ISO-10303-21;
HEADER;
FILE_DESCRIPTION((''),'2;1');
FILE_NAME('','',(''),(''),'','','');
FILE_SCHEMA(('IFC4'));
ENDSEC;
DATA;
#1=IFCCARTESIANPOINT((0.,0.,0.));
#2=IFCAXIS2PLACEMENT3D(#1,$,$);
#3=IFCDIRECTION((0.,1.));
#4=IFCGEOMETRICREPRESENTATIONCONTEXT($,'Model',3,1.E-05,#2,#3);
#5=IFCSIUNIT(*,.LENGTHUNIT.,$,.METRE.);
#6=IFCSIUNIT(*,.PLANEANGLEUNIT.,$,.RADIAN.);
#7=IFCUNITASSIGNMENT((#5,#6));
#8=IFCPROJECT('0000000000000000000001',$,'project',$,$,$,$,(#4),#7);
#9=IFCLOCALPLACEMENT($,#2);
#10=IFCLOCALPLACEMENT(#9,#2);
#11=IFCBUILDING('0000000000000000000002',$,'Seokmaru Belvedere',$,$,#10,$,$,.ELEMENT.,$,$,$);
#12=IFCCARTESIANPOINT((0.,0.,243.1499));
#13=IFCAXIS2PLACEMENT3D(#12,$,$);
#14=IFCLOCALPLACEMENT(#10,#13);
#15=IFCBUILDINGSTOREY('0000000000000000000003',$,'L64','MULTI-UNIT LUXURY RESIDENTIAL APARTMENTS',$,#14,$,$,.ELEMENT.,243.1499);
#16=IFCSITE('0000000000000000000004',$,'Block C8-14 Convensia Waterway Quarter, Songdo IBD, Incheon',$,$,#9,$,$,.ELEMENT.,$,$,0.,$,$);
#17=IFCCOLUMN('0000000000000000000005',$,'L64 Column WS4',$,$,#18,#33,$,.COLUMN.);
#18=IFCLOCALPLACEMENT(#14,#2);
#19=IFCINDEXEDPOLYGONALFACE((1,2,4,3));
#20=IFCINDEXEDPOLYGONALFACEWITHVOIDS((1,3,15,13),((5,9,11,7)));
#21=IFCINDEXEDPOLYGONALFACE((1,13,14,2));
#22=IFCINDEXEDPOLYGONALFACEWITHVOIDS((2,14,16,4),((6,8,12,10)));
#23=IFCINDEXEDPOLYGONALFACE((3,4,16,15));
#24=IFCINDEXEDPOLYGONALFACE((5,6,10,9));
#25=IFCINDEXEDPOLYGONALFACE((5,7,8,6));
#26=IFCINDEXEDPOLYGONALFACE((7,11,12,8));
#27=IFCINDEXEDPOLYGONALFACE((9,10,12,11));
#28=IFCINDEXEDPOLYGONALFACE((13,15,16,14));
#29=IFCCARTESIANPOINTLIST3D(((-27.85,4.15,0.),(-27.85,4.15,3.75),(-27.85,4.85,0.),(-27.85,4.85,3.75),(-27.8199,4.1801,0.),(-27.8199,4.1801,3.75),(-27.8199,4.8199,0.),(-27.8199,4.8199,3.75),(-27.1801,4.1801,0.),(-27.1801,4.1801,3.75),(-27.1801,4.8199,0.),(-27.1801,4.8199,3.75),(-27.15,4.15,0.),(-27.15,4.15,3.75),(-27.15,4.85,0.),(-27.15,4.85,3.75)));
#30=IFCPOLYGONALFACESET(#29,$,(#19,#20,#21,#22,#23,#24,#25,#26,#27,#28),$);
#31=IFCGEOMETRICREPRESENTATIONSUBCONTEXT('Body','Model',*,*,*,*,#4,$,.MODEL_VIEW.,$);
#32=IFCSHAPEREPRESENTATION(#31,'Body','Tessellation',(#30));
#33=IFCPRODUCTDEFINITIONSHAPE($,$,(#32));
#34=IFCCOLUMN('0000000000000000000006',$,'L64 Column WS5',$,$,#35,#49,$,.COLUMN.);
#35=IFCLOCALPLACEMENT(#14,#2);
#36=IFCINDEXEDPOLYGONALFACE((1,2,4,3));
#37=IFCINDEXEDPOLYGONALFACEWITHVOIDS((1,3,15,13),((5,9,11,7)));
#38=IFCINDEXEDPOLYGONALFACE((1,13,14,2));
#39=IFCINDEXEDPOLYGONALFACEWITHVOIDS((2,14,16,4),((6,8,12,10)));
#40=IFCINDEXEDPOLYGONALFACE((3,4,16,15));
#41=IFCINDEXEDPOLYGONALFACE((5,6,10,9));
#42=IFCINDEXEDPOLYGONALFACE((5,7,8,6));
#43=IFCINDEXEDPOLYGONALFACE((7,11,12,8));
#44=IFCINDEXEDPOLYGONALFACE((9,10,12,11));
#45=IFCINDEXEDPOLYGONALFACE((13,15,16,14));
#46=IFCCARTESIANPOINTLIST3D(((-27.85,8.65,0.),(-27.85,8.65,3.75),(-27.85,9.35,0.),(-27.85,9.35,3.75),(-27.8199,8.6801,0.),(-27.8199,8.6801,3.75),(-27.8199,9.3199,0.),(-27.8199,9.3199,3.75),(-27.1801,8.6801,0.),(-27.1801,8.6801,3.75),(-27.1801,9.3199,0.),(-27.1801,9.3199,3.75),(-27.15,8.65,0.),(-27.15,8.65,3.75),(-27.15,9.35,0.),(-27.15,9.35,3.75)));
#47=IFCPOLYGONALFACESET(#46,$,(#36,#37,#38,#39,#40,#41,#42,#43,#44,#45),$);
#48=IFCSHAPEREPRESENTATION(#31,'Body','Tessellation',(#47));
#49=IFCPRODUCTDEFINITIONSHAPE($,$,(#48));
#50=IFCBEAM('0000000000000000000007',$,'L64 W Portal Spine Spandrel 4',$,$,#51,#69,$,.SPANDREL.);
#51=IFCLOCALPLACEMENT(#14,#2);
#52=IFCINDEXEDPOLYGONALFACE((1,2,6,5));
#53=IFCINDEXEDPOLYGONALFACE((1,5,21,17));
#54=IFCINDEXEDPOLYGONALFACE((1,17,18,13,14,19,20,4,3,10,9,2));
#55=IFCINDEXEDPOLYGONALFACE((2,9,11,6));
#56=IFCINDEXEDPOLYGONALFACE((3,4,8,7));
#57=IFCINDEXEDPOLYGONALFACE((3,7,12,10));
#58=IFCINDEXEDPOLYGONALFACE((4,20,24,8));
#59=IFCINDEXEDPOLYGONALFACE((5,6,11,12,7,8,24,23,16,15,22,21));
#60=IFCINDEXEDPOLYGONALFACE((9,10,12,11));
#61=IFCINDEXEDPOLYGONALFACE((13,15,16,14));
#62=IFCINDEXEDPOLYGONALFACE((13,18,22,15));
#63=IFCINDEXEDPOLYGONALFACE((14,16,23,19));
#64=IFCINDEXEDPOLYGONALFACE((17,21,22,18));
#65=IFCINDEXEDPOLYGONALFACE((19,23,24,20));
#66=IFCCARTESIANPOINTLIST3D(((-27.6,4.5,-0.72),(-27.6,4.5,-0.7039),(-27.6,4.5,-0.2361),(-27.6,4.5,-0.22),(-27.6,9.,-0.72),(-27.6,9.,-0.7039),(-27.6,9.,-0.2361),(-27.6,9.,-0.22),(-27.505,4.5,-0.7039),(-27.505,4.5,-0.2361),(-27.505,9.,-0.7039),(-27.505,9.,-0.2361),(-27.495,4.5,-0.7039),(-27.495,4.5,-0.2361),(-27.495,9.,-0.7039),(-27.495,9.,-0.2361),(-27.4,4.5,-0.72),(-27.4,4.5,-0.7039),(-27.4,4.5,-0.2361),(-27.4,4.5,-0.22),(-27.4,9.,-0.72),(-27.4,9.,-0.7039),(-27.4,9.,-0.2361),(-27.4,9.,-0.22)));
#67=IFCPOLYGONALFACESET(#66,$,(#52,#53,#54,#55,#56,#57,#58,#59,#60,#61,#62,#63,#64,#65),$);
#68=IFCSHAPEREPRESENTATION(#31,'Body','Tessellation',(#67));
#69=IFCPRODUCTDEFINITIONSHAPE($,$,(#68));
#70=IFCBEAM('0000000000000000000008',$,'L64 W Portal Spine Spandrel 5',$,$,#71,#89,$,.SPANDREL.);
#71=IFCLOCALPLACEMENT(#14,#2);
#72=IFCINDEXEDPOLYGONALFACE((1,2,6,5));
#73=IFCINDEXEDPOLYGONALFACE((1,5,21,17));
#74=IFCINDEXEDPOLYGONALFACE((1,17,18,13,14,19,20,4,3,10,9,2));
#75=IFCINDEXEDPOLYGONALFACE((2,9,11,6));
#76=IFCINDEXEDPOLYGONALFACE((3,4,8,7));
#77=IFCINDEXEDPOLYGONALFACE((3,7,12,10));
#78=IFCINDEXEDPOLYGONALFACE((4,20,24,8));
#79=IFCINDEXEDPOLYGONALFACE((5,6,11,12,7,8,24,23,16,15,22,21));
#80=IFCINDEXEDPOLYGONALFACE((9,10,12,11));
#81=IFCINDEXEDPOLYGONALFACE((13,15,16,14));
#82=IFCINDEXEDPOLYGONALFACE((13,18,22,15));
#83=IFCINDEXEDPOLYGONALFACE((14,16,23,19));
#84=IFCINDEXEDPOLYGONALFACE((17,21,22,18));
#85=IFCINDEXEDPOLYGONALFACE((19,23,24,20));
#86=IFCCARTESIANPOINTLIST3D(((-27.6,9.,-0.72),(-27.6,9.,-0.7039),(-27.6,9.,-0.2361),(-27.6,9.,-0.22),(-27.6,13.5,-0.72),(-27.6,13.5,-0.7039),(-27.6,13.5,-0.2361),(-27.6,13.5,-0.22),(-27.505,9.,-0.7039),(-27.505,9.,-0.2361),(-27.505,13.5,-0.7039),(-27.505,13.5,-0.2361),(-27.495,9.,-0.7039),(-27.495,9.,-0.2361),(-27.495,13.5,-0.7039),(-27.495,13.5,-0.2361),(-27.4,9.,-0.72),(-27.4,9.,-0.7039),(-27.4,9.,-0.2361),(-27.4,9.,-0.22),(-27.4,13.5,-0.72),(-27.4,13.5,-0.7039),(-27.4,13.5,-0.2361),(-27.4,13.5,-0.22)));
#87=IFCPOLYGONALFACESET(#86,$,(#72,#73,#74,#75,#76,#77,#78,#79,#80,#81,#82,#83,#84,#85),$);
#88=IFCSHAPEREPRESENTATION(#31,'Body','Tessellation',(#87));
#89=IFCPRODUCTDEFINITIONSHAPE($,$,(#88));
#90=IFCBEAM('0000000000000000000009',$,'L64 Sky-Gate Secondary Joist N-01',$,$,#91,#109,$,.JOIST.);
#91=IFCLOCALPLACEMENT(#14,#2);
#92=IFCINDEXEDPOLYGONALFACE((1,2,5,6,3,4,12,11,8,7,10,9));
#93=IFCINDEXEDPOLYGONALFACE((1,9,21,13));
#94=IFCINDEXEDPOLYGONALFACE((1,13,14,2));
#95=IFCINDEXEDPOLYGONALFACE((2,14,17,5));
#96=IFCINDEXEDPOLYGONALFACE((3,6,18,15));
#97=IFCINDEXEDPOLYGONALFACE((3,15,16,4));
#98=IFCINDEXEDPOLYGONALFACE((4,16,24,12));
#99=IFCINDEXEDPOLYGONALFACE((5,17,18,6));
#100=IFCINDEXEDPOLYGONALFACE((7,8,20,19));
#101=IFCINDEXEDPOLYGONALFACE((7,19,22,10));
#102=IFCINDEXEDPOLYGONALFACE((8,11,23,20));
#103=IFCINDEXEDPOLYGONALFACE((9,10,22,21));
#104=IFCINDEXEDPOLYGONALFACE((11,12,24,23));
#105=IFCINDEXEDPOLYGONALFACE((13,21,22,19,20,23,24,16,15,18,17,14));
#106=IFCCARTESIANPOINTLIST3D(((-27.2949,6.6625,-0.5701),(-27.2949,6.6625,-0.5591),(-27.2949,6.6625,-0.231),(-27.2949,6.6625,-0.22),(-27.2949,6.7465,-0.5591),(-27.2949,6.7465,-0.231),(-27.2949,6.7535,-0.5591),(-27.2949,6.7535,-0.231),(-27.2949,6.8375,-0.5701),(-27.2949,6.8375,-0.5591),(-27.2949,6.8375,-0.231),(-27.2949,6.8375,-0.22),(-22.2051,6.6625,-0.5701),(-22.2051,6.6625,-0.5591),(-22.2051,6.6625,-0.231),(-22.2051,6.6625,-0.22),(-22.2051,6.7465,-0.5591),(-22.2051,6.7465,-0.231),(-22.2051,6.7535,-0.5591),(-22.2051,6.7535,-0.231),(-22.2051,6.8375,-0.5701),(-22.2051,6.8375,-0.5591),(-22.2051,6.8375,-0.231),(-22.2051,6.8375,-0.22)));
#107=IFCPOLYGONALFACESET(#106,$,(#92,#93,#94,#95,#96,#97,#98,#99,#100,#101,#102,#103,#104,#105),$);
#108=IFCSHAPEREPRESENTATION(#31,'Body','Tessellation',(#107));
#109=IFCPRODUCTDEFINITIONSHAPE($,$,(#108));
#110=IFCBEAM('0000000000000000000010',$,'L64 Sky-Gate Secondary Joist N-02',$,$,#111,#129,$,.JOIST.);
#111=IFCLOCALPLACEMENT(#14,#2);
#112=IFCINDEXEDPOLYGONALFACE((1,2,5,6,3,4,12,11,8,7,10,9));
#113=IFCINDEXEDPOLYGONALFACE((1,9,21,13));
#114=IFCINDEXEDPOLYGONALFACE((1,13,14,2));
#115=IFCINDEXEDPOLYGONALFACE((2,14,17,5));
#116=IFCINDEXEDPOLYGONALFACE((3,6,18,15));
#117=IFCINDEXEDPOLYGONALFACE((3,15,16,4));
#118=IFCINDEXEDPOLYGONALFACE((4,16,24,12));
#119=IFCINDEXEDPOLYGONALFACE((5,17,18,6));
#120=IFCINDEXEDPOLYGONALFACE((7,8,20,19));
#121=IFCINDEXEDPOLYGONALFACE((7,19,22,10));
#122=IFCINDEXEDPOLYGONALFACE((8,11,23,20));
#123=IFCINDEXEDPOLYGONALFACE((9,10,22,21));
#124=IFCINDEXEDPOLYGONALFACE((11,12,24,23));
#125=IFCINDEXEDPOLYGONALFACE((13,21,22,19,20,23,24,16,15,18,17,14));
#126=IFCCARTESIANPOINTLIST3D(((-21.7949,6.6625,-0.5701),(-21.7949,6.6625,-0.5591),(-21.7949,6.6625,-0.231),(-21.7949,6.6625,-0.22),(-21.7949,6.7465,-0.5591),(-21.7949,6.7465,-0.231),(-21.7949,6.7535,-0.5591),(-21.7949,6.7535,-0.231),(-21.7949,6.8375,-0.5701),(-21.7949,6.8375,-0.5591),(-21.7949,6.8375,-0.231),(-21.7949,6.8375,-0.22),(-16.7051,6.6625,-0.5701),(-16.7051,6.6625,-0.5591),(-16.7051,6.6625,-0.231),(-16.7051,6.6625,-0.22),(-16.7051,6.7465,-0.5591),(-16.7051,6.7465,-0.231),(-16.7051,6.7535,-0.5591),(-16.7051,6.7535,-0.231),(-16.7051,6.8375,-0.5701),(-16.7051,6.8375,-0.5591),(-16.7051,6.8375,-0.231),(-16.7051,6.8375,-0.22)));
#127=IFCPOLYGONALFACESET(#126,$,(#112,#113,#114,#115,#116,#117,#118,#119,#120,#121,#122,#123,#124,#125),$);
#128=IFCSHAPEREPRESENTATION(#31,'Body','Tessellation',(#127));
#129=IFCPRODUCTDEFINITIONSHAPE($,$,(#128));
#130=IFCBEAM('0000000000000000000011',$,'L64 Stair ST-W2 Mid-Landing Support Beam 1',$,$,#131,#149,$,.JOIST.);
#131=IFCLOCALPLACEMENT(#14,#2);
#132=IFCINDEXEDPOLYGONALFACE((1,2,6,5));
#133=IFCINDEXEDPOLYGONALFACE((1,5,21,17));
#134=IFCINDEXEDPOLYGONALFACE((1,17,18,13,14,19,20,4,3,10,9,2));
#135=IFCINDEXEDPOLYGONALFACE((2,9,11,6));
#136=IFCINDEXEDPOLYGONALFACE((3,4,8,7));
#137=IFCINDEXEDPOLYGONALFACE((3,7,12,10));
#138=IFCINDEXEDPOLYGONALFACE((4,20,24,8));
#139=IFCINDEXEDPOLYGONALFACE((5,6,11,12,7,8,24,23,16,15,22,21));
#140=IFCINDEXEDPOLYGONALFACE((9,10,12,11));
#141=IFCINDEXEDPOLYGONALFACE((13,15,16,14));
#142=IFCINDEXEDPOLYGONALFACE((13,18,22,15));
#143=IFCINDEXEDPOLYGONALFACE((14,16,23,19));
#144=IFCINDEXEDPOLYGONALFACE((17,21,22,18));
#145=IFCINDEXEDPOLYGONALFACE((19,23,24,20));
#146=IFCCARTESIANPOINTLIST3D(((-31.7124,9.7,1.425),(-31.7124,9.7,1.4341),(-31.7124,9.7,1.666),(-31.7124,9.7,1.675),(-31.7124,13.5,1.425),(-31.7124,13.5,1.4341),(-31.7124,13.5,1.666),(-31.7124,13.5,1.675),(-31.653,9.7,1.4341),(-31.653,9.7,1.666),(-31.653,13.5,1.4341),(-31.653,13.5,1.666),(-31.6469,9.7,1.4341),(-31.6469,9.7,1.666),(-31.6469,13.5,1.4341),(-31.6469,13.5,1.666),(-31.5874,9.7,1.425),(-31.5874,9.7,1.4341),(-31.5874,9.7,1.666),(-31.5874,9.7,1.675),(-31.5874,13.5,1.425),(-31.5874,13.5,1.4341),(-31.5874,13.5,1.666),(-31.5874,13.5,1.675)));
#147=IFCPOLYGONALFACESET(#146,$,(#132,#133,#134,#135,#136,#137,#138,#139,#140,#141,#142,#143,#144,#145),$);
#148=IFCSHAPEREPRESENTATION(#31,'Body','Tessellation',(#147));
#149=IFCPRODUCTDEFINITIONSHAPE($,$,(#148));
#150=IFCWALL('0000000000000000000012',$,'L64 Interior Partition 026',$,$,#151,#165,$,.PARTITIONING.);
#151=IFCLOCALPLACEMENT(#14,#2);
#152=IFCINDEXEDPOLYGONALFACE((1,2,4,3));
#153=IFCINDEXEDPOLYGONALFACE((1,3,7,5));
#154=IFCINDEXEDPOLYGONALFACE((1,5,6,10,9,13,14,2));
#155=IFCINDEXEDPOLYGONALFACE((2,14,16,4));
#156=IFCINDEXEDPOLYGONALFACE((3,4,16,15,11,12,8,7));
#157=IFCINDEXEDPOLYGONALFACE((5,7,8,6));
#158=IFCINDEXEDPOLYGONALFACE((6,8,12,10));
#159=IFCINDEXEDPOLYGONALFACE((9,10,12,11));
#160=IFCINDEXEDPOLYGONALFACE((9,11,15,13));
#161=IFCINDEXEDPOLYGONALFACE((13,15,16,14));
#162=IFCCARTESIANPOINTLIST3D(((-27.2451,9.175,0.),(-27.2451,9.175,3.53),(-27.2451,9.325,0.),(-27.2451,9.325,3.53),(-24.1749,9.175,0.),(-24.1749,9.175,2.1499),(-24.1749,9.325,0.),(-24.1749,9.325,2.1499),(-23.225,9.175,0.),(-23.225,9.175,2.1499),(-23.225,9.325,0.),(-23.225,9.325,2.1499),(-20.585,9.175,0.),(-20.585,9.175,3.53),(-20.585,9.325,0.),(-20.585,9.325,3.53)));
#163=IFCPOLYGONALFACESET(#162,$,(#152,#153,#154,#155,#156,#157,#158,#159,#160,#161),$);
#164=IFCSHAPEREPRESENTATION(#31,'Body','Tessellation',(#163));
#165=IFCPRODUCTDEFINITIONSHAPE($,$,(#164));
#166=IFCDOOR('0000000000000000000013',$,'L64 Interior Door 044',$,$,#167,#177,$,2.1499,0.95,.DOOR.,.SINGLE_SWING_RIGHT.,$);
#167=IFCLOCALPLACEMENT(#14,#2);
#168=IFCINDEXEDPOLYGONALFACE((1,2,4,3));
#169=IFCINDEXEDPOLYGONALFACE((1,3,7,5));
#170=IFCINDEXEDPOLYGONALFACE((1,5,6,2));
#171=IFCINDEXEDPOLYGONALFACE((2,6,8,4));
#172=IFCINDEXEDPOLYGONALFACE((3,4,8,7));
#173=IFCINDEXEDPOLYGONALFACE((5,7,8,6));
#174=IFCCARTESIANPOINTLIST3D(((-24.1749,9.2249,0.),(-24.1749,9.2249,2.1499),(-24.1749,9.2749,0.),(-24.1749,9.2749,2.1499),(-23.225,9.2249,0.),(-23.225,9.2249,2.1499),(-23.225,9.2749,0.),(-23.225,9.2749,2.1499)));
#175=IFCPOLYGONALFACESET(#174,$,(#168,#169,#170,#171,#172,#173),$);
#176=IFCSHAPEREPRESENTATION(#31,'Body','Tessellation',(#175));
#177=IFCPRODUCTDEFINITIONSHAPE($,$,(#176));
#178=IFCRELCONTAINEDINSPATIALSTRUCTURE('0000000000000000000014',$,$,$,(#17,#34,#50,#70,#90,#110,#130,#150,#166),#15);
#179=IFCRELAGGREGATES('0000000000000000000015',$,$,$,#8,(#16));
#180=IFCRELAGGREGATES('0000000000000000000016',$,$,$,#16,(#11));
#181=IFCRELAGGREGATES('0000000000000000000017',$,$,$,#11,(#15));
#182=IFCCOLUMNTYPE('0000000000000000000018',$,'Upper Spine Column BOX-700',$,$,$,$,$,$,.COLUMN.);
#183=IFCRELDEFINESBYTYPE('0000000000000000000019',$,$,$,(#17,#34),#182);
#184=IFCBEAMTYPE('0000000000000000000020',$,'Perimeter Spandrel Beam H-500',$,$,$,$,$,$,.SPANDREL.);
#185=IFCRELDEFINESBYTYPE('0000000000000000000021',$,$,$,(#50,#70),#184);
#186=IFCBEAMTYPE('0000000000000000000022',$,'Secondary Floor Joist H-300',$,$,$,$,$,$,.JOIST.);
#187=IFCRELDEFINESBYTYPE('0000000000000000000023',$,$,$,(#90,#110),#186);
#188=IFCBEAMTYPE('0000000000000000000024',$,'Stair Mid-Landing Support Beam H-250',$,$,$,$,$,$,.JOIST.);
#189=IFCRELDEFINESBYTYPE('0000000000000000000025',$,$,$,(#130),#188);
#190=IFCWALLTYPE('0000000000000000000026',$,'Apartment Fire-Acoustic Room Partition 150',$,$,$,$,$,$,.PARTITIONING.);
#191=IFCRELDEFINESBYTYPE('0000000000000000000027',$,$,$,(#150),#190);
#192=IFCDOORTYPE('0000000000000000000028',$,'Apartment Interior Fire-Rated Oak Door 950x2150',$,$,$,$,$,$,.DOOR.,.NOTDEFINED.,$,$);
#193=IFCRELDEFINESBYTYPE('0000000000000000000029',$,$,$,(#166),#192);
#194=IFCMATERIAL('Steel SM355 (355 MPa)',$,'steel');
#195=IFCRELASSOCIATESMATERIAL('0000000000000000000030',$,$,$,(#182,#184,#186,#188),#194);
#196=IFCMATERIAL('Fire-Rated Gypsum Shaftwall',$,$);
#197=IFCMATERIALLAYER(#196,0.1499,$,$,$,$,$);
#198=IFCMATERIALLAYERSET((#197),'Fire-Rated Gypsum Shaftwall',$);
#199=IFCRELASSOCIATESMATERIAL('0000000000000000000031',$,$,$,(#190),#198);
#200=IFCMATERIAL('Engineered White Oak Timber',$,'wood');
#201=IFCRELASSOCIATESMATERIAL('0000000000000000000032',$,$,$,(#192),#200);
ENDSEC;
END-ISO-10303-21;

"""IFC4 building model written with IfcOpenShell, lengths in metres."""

from ifc_helpers import new_model, si_unit, direction, frame, frame_2d, origin, origin_2d, place, context, subcontext, project, spatial, rectangle, hollow_rectangle, i_section, extrude, source, transform, mapped, material, layer, layer_set, material_profile, profile_set, type_object, type_shapes, element, fill, save


model = new_model("IFC4")

# Units and contexts
model_context = context("Model", 3, precision=1e-05, world=origin(), true_north=direction((0.0, 1.0)))
body_context = subcontext(model_context, "Body", "Model", "MODEL_VIEW")
ifc_project = project(units=[si_unit("LENGTHUNIT", "METRE"), si_unit("PLANEANGLEUNIT", "RADIAN")], contexts=[model_context])

# Site, building, storey
site_placement = place(None, origin())
site = spatial("IfcSite", under=ifc_project, at=site_placement, Name="Block C8-14 Convensia Waterway Quarter, Songdo IBD, Incheon", CompositionType="ELEMENT", RefElevation=0.0)
building_placement = place(site_placement, origin())
building = spatial("IfcBuilding", under=site, at=building_placement, Name="Seokmaru Belvedere", CompositionType="ELEMENT")
storey_placement = place(building_placement, frame((0.0, 0.0, 243.1499)))
storey = spatial("IfcBuildingStorey", under=building, at=storey_placement, Name="L64", Description="MULTI-UNIT LUXURY RESIDENTIAL APARTMENTS", CompositionType="ELEMENT", Elevation=243.1499)

# Columns
ifc_material_1 = material(Name="Steel SM355 (355 MPa)", Category="steel")
ifc_material_profile_1 = material_profile(ifc_material_1, hollow_rectangle(XDim=0.7, YDim=0.7, WallThickness=0.03, at=origin_2d()), Name="BOX-700x700x30")
ifc_profile_set_1 = profile_set([ifc_material_profile_1], Name="Steel SM355 (355 MPa)")
column_type = type_object("IfcColumnType", Name="Upper Spine Column BOX-700", PredefinedType="COLUMN", material=ifc_profile_set_1)
shared_shape_1 = source(origin(), body_context, "Body", "SweptSolid", [
    extrude(hollow_rectangle(XDim=0.7, YDim=0.7, WallThickness=0.03, at=origin_2d()), origin(), (0.0, 0.0, 1.0), 3.75),
])
type_shapes(column_type, [shared_shape_1])
for number, where, z_axis, x_axis, name in (
    (1, (-27.5, 4.5, 0.0), (0.0, 0.0, 1.0), (1.0, 0.0, 0.0), "L64 Column WS4"),
    (2, (-27.5, 9.0, 0.0), (0.0, 0.0, 1.0), (1.0, 0.0, 0.0), "L64 Column WS5"),
):
    element("IfcColumn", number, at=place(storey_placement, frame(where, z_axis=z_axis, x_axis=x_axis)), inside=storey, type_object=column_type, Name=name, PredefinedType="COLUMN", context=body_context, shape_type="MappedRepresentation", body=[
        mapped(shared_shape_1, transform((0.0, 0.0, 0.0), scale=1.0)),
    ])

# Beams
ifc_material_profile_2 = material_profile(ifc_material_1, i_section(OverallWidth=0.2, OverallDepth=0.5, WebThickness=0.01, FlangeThickness=0.0161, at=origin_2d()), Name="H-500x200x10x16")
ifc_profile_set_2 = profile_set([ifc_material_profile_2], Name="Steel SM355 (355 MPa)")
beam_type_1 = type_object("IfcBeamType", Name="Perimeter Spandrel Beam H-500", PredefinedType="SPANDREL", material=ifc_profile_set_2)
shared_shape_2 = source(origin(), body_context, "Body", "SweptSolid", [
    extrude(i_section(OverallWidth=0.2, OverallDepth=0.5, WebThickness=0.01, FlangeThickness=0.0161, at=origin_2d()), origin(), (0.0, 0.0, 1.0), 4.5),
])
type_shapes(beam_type_1, [shared_shape_2])
for number, where, z_axis, x_axis, name in (
    (3, (-27.5, 4.5, -0.47), (0.0, 1.0, 0.0), (-1.0, 0.0, 0.0), "L64 W Portal Spine Spandrel 4"),
    (4, (-27.5, 9.0, -0.47), (0.0, 1.0, 0.0), (-1.0, 0.0, 0.0), "L64 W Portal Spine Spandrel 5"),
):
    element("IfcBeam", number, at=place(storey_placement, frame(where, z_axis=z_axis, x_axis=x_axis)), inside=storey, type_object=beam_type_1, Name=name, PredefinedType="SPANDREL", context=body_context, shape_type="MappedRepresentation", body=[
        mapped(shared_shape_2, transform((0.0, 0.0, 0.0), scale=1.0)),
    ])
ifc_material_profile_3 = material_profile(ifc_material_1, i_section(OverallWidth=0.175, OverallDepth=0.3501, WebThickness=0.0071, FlangeThickness=0.011, at=origin_2d()), Name="H-350x175x7x11")
ifc_profile_set_3 = profile_set([ifc_material_profile_3], Name="Steel SM355 (355 MPa)")
beam_type_2 = type_object("IfcBeamType", Name="Secondary Floor Joist H-300", PredefinedType="JOIST", material=ifc_profile_set_3)
shared_shape_3 = source(origin(), body_context, "Body", "SweptSolid", [
    extrude(i_section(OverallWidth=0.175, OverallDepth=0.3501, WebThickness=0.0071, FlangeThickness=0.011, at=origin_2d()), origin(), (0.0, 0.0, 1.0), 5.0898),
])
type_shapes(beam_type_2, [shared_shape_3])
for number, where, z_axis, x_axis, name in (
    (5, (-27.2949, 6.75, -0.395), (1.0, 0.0, 0.0), (0.0, 1.0, 0.0), "L64 Sky-Gate Secondary Joist N-01"),
    (6, (-21.7949, 6.75, -0.395), (1.0, 0.0, 0.0), (0.0, 1.0, 0.0), "L64 Sky-Gate Secondary Joist N-02"),
):
    element("IfcBeam", number, at=place(storey_placement, frame(where, z_axis=z_axis, x_axis=x_axis)), inside=storey, type_object=beam_type_2, Name=name, PredefinedType="JOIST", context=body_context, shape_type="MappedRepresentation", body=[
        mapped(shared_shape_3, transform((0.0, 0.0, 0.0), scale=1.0)),
    ])
ifc_material_profile_4 = material_profile(ifc_material_1, i_section(OverallWidth=0.125, OverallDepth=0.25, WebThickness=0.0061, FlangeThickness=0.009, at=origin_2d()), Name="H-250x125x6x9")
ifc_profile_set_4 = profile_set([ifc_material_profile_4], Name="Steel SM355 (355 MPa)")
beam_type_3 = type_object("IfcBeamType", Name="Stair Mid-Landing Support Beam H-250", PredefinedType="JOIST", material=ifc_profile_set_4)
shared_shape_4 = source(origin(), body_context, "Body", "SweptSolid", [
    extrude(i_section(OverallWidth=0.125, OverallDepth=0.25, WebThickness=0.0061, FlangeThickness=0.009, at=origin_2d()), origin(), (0.0, 0.0, 1.0), 3.8),
])
type_shapes(beam_type_3, [shared_shape_4])
beam_placement = place(storey_placement, frame((-31.6499, 9.7, 1.55), z_axis=(0.0, 1.0, 0.0), x_axis=(-1.0, 0.0, 0.0)))
element("IfcBeam", 7, at=beam_placement, inside=storey, type_object=beam_type_3, Name="L64 Stair ST-W2 Mid-Landing Support Beam 1", PredefinedType="JOIST", context=body_context, shape_type="MappedRepresentation", body=[
    mapped(shared_shape_4, transform((0.0, 0.0, 0.0), scale=1.0)),
])

# Wall, opening, door
ifc_material_2 = material(Name="Fire-Rated Gypsum Shaftwall")
ifc_layer_1 = layer(ifc_material_2, 0.1499)
ifc_layer_set_1 = layer_set([ifc_layer_1], Name="Fire-Rated Gypsum Shaftwall")
wall_type_1 = type_object("IfcWallType", Name="Apartment Fire-Acoustic Room Partition 150", PredefinedType="PARTITIONING", material=ifc_layer_set_1)
wall_1_placement = place(storey_placement, frame((-27.2451, 9.25, 0.0), z_axis=(0.0, 0.0, 1.0), x_axis=(1.0, 0.0, 0.0)))
wall_1 = element("IfcWall", 8, at=wall_1_placement, inside=storey, type_object=wall_type_1, Name="L64 Interior Partition 026", PredefinedType="PARTITIONING", context=body_context, shape_type="SweptSolid", body=[
    extrude(rectangle(XDim=6.6602, YDim=0.1499, at=frame_2d((3.3301, 0.0))), origin(), (0.0, 0.0, 1.0), 3.53),
])
opening_1_placement = place(wall_1_placement, frame((3.0701, 0.0, 0.0)))
opening_1 = element("IfcOpeningElement", 9, at=opening_1_placement, cuts=wall_1, PredefinedType="OPENING", context=body_context, shape_type="SweptSolid", body=[
    extrude(rectangle(XDim=0.95, YDim=2.1499, at=frame_2d((0.4751, 1.075))), frame((0.0, 0.085, 0.0), z_axis=(0.0, -1.0, 0.0), x_axis=(1.0, 0.0, 0.0)), (0.0, 0.0, 1.0), 0.1699),
])
ifc_material_3 = material(Name="Engineered White Oak Timber", Category="wood")
door_type_1 = type_object("IfcDoorType", Name="Apartment Interior Fire-Rated Oak Door 950x2150", OperationType="NOTDEFINED", PredefinedType="DOOR", material=ifc_material_3)
shared_shape_5 = source(origin(), body_context, "Body", "SweptSolid", [
    extrude(rectangle(XDim=0.95, YDim=2.1499, at=frame_2d((0.4751, 1.075))), frame((0.0, 0.0249, 0.0), z_axis=(0.0, -1.0, 0.0), x_axis=(1.0, 0.0, 0.0)), (0.0, 0.0, 1.0), 0.05),
])
type_shapes(door_type_1, [shared_shape_5])
door_1_placement = place(opening_1_placement, origin())
door_1 = element("IfcDoor", 10, at=door_1_placement, inside=storey, type_object=door_type_1, Name="L64 Interior Door 044", OperationType="SINGLE_SWING_RIGHT", OverallHeight=2.1499, OverallWidth=0.95, PredefinedType="DOOR", context=body_context, shape_type="MappedRepresentation", body=[
    mapped(shared_shape_5, transform((0.0, 0.0, 0.0), scale=1.0)),
])
fill(opening_1, door_1)

save(model, "model.ifc")
